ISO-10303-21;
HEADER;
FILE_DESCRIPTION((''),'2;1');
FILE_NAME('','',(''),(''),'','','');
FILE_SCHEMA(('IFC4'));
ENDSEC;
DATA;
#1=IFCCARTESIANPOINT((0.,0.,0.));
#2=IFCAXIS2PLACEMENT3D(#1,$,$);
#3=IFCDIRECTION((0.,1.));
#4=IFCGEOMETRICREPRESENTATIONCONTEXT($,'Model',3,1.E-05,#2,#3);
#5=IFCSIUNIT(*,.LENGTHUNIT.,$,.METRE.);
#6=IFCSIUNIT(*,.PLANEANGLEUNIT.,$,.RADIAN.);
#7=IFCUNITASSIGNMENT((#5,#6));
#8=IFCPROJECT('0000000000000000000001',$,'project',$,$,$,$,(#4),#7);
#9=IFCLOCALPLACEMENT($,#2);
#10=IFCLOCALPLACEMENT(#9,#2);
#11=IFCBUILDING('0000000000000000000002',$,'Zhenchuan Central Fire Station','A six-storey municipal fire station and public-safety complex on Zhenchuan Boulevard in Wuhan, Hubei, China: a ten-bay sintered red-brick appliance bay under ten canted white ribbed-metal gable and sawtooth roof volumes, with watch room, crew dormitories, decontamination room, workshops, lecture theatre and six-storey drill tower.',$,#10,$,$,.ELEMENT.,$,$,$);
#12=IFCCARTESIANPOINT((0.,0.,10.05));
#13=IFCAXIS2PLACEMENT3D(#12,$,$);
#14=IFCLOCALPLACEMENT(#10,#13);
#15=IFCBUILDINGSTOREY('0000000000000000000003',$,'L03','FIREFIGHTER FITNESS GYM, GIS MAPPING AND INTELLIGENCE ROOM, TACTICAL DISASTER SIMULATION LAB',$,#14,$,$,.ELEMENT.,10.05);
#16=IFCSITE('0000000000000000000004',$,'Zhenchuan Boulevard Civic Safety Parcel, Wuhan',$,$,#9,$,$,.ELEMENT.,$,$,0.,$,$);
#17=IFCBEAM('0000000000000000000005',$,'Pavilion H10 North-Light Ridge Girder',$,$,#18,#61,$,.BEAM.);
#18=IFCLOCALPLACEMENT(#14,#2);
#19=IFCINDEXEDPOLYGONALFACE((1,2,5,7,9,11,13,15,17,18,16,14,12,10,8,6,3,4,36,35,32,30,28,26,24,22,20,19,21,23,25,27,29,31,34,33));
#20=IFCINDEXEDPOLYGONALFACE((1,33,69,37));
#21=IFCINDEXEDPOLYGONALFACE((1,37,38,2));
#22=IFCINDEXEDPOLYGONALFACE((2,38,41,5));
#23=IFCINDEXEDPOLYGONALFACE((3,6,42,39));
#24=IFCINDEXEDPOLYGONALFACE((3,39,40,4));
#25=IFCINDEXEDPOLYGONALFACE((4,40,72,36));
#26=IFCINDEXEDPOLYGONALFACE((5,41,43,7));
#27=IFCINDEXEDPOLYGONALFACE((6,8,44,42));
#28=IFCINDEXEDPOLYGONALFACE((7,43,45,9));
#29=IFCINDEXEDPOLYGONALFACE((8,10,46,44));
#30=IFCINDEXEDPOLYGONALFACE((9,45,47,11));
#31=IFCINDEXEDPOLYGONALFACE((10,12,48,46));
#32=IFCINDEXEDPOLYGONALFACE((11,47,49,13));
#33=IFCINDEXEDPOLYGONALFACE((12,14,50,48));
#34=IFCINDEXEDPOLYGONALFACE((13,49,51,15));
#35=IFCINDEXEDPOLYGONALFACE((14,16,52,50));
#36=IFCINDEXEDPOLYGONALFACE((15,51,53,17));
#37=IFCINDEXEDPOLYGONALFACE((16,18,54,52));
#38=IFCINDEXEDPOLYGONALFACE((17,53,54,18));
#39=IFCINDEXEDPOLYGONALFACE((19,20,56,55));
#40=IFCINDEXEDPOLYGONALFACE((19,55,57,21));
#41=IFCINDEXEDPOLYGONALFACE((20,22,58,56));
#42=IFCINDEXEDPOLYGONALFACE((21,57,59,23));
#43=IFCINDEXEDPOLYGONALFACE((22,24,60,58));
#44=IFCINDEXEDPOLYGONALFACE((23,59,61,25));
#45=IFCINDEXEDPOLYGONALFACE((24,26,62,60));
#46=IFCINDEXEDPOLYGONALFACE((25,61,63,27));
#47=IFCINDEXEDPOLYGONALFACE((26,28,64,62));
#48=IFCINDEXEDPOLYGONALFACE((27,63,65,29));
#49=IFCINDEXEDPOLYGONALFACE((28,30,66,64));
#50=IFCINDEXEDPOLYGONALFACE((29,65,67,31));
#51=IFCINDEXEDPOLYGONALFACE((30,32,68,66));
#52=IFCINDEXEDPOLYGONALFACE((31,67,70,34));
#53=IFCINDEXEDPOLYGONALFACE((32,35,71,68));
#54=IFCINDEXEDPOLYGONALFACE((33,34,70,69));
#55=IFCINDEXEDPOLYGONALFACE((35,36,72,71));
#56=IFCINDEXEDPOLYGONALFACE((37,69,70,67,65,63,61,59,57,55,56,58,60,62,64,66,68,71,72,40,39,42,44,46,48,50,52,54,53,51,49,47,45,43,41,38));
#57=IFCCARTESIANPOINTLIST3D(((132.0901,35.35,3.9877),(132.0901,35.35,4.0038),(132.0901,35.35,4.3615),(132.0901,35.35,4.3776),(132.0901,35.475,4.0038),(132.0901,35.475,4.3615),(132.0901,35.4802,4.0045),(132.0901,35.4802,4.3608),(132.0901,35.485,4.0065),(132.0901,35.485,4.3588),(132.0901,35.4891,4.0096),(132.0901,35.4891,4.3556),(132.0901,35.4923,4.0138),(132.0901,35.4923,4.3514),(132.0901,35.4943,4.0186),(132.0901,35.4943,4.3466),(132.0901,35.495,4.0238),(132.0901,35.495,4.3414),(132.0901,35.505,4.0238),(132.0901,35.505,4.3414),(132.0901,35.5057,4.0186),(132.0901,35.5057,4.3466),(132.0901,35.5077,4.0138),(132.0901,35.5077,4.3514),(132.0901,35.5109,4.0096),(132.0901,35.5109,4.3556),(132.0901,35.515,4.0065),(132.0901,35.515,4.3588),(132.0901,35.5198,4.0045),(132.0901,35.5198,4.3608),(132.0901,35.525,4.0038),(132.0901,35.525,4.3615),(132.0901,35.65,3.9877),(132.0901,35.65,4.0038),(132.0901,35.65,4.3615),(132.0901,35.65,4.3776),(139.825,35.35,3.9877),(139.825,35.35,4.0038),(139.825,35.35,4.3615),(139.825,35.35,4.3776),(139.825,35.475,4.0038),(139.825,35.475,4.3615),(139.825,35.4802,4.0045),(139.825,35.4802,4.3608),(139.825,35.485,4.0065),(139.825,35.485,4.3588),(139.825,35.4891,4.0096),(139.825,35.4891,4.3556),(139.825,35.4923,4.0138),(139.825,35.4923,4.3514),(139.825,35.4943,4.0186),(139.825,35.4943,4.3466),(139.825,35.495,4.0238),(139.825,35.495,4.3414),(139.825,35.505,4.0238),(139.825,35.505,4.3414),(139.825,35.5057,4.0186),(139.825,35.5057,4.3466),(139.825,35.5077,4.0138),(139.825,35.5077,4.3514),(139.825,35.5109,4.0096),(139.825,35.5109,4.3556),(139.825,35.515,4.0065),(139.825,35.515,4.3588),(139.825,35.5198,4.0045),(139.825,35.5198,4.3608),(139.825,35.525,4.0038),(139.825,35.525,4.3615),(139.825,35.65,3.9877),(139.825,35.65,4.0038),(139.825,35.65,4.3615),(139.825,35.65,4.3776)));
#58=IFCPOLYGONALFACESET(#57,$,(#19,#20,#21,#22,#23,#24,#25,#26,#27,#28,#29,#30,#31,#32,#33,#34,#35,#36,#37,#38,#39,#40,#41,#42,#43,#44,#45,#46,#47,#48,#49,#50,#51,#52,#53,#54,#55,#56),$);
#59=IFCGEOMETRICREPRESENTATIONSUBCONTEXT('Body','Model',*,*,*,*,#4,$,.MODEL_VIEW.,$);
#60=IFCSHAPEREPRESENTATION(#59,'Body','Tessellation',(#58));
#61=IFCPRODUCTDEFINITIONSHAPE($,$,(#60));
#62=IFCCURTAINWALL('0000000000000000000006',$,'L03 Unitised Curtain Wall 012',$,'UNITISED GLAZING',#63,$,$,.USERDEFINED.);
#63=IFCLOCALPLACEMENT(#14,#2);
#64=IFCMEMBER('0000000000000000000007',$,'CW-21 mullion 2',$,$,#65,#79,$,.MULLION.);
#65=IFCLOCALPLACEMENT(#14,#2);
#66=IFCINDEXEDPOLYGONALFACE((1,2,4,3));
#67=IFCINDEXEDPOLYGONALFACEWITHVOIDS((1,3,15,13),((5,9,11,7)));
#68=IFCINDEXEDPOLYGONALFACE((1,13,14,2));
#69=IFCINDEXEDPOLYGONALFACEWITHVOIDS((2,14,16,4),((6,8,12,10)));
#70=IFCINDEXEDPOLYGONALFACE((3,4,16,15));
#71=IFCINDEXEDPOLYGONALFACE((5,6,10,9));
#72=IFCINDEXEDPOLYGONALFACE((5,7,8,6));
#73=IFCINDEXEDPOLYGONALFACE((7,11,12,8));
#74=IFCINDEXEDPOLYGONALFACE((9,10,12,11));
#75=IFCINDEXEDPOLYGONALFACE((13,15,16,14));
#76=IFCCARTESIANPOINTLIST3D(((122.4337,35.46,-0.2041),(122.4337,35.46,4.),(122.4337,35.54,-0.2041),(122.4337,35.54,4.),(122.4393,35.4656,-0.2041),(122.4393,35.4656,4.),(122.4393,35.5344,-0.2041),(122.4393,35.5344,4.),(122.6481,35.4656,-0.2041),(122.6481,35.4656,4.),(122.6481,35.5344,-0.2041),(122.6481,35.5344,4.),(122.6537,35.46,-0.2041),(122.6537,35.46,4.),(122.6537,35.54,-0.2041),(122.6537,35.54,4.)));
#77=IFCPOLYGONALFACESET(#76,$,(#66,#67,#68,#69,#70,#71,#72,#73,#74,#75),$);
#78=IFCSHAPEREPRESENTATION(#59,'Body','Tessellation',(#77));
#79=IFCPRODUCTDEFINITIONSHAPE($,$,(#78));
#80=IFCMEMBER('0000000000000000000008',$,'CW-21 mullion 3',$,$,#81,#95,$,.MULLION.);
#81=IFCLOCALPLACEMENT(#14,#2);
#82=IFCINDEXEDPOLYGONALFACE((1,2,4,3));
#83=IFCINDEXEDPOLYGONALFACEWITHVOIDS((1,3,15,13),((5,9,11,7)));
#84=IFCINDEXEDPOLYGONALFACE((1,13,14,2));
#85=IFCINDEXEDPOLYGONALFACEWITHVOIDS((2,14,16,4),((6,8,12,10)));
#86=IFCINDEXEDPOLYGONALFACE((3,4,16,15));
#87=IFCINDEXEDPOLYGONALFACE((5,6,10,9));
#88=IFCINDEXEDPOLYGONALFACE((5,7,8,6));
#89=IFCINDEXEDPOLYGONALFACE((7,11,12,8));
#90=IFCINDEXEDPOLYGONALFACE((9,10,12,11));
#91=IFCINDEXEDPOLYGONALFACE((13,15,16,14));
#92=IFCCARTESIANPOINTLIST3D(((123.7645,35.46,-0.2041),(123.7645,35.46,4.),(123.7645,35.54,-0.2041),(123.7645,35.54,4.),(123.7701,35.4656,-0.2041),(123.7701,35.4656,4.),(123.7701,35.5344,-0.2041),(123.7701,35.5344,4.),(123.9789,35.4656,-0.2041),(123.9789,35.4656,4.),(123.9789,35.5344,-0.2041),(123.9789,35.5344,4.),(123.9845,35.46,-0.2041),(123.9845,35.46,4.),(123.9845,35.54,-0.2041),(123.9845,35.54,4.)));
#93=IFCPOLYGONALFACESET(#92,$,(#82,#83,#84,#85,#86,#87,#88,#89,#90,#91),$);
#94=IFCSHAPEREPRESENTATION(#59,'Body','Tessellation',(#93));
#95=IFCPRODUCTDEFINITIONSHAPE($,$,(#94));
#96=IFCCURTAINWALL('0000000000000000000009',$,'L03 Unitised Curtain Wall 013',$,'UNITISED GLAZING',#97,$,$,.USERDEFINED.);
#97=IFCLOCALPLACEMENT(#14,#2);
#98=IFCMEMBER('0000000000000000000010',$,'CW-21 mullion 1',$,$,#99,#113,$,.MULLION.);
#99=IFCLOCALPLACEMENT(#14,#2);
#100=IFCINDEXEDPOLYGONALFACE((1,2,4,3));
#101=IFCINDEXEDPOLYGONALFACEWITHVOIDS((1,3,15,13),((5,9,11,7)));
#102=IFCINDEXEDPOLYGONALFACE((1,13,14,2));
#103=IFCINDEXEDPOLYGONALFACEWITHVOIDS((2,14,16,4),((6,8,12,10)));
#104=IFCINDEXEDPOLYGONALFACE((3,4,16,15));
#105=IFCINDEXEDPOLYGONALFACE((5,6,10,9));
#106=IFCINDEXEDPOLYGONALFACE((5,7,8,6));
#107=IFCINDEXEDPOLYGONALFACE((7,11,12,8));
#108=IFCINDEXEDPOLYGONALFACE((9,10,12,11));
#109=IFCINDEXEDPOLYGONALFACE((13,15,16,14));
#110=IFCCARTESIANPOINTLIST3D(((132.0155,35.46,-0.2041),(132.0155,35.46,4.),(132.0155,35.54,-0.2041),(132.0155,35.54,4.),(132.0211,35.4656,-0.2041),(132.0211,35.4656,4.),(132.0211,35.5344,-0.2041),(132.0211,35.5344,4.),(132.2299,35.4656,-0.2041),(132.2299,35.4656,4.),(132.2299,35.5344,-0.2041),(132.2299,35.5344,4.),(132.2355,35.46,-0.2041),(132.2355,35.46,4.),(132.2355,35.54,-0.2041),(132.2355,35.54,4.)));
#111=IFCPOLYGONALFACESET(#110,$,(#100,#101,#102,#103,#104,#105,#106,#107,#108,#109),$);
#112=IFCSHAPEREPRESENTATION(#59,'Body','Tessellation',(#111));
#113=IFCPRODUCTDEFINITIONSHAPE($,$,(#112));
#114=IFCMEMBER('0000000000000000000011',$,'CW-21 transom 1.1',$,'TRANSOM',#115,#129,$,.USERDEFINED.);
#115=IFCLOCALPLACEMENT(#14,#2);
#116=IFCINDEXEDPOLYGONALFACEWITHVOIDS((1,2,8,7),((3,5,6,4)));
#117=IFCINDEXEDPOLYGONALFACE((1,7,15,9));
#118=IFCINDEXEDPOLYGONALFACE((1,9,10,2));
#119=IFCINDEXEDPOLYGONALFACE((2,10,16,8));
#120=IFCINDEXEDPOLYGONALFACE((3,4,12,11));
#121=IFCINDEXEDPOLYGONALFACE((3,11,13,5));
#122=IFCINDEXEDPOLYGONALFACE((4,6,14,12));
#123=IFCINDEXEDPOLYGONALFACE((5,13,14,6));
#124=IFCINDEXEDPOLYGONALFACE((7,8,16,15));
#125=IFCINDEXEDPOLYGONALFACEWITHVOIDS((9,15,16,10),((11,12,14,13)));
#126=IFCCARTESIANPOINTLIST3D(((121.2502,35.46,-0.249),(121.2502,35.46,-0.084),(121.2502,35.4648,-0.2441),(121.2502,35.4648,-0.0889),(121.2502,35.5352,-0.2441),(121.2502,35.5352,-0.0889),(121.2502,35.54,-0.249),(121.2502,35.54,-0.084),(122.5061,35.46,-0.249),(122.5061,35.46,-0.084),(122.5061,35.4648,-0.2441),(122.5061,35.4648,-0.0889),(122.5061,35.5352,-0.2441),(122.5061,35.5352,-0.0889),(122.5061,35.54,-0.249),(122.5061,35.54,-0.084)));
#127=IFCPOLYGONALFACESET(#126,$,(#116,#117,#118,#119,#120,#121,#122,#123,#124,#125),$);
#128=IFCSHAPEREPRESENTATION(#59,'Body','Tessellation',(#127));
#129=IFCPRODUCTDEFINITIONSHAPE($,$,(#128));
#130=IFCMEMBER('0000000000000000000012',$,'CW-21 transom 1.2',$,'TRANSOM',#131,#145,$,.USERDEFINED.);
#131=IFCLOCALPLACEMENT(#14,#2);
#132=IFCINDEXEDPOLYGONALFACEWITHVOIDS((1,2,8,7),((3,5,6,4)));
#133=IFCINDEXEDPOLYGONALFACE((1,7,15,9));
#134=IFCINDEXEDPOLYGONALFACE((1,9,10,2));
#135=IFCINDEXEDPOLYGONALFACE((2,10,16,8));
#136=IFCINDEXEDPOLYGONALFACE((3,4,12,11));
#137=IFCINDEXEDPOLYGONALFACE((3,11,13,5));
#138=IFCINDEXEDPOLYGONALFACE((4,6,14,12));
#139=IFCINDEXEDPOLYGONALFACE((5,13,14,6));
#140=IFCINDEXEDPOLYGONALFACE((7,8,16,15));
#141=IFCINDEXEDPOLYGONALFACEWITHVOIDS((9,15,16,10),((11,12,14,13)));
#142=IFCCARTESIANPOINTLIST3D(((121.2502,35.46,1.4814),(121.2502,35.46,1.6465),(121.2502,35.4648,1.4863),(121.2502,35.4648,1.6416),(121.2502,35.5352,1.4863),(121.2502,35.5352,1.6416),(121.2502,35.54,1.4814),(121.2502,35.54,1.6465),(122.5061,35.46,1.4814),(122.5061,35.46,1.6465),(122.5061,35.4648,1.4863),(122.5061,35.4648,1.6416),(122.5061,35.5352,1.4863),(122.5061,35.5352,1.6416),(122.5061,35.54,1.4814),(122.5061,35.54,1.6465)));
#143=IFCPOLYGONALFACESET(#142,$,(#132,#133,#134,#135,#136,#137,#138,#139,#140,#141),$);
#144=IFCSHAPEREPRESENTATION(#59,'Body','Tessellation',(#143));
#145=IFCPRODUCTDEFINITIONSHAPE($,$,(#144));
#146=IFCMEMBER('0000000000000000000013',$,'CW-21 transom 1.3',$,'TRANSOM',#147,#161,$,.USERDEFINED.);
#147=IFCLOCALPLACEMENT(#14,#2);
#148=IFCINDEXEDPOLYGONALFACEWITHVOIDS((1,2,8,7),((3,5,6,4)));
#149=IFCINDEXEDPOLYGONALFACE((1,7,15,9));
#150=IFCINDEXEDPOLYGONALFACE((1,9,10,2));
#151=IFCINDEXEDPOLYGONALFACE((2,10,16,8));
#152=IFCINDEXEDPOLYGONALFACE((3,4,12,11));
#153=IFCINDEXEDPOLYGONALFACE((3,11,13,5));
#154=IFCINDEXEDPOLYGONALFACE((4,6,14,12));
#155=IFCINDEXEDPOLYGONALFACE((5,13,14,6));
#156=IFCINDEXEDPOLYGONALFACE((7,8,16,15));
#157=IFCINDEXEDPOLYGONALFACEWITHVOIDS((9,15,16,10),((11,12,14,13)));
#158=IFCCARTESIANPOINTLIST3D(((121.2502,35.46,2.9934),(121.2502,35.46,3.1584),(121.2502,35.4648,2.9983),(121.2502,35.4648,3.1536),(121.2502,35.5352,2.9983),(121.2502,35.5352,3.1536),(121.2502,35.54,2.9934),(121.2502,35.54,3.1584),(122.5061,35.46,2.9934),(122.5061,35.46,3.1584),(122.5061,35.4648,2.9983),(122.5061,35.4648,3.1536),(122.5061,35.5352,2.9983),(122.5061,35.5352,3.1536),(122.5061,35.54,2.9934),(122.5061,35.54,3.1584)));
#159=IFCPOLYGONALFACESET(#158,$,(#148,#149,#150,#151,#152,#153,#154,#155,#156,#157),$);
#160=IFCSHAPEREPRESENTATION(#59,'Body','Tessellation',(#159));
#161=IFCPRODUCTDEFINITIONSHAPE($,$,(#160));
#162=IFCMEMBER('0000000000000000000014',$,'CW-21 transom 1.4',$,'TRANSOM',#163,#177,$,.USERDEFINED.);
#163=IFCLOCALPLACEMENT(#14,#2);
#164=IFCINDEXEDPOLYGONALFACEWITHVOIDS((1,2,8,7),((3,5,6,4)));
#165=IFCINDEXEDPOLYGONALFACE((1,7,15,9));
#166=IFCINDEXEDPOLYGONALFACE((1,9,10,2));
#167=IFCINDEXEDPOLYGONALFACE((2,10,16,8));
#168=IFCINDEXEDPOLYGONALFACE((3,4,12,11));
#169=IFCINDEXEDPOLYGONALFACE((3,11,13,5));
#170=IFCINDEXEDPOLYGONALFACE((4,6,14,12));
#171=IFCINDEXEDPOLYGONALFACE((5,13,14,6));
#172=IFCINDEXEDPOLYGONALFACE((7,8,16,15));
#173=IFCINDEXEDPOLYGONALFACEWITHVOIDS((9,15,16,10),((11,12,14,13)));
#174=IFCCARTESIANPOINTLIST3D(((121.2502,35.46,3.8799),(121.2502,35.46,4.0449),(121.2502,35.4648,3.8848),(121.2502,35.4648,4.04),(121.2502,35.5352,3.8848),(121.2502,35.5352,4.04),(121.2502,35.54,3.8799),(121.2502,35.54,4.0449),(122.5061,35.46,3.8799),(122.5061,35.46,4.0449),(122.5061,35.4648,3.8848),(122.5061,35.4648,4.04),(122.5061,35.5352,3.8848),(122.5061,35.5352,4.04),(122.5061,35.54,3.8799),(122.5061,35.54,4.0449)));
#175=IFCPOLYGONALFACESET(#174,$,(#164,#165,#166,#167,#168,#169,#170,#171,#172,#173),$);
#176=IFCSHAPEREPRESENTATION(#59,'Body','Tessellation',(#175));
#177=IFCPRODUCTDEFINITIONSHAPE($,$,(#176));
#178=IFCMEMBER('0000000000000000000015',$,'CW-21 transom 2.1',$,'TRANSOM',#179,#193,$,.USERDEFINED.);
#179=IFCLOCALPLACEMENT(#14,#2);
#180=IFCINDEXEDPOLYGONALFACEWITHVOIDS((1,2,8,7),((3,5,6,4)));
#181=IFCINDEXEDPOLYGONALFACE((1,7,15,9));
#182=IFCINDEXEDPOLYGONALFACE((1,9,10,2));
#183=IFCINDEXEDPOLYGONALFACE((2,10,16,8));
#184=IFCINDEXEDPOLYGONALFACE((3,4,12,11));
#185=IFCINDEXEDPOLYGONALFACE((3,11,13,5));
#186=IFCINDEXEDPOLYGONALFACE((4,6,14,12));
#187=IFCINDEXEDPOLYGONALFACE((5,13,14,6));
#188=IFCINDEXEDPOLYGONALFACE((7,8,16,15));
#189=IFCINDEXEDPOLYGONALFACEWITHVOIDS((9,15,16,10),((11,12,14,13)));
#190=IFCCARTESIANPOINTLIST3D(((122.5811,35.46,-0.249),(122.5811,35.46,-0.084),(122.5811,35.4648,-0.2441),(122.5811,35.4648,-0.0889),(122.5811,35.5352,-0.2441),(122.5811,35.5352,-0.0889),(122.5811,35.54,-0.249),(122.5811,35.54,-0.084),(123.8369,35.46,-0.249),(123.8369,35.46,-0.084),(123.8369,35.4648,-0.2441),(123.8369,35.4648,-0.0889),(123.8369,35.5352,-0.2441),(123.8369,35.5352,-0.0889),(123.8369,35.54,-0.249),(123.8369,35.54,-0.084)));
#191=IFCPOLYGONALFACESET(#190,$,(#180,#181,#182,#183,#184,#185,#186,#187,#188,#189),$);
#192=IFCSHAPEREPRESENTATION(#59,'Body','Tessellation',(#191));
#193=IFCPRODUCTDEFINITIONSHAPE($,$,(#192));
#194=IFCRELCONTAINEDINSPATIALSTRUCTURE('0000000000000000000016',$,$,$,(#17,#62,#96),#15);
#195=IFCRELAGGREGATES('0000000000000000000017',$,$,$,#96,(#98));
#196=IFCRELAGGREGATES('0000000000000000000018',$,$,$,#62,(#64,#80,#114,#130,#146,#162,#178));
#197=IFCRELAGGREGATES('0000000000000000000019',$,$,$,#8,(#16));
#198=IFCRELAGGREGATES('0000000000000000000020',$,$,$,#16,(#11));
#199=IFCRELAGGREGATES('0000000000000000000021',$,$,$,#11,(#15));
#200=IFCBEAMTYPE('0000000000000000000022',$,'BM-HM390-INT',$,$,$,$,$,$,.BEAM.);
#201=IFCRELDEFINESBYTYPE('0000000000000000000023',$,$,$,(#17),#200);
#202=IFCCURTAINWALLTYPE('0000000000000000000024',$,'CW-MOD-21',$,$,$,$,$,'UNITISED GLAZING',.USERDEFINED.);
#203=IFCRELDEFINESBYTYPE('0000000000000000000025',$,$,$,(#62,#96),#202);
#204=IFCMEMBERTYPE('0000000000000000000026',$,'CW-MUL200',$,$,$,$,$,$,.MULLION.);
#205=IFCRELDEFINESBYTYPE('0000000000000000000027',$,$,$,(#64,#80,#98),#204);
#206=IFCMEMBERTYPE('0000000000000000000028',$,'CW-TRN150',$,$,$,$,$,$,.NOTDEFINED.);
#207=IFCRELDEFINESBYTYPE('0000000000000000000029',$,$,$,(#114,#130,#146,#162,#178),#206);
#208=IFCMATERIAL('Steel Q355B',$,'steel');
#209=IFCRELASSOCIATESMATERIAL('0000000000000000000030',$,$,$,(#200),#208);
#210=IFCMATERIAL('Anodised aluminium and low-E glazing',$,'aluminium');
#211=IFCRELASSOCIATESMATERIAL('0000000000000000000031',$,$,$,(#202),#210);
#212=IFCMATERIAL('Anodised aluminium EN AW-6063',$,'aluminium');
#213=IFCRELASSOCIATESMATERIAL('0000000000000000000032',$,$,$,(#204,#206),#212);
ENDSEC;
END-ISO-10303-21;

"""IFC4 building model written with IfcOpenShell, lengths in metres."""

from ifc_helpers import new_model, si_unit, direction, frame, origin, origin_2d, place, context, subcontext, project, spatial, hollow_rectangle, i_section, extrude, material, material_profile, profile_set, type_object, element, aggregate, save


model = new_model("IFC4")

# Units and contexts
model_context = context("Model", 3, precision=1e-05, world=origin(), true_north=direction((0.0, 1.0)))
body_context = subcontext(model_context, "Body", "Model", "MODEL_VIEW")
ifc_project = project(units=[si_unit("LENGTHUNIT", "METRE"), si_unit("PLANEANGLEUNIT", "RADIAN")], contexts=[model_context])

# Site, building, storey
site_placement = place(None, origin())
site = spatial("IfcSite", under=ifc_project, at=site_placement, Name="Zhenchuan Boulevard Civic Safety Parcel, Wuhan", CompositionType="ELEMENT", RefElevation=0.0)
building_placement = place(site_placement, origin())
building = spatial("IfcBuilding", under=site, at=building_placement, Name="Zhenchuan Central Fire Station", Description="A six-storey municipal fire station and public-safety complex on Zhenchuan Boulevard in Wuhan, Hubei, China: a ten-bay sintered red-brick appliance bay under ten canted white ribbed-metal gable and sawtooth roof volumes, with watch room, crew dormitories, decontamination room, workshops, lecture theatre and six-storey drill tower.", CompositionType="ELEMENT")
storey_placement = place(building_placement, frame((0.0, 0.0, 10.05)))
storey = spatial("IfcBuildingStorey", under=building, at=storey_placement, Name="L03", Description="FIREFIGHTER FITNESS GYM, GIS MAPPING AND INTELLIGENCE ROOM, TACTICAL DISASTER SIMULATION LAB", CompositionType="ELEMENT", Elevation=10.05)

# Beam
ifc_material_1 = material(Name="Steel Q355B", Category="steel")
ifc_material_profile_1 = material_profile(ifc_material_1, i_section(OverallWidth=0.3, OverallDepth=0.3899, WebThickness=0.01, FlangeThickness=0.0161, FilletRadius=0.02, at=origin_2d()), Name="HM 390x300")
ifc_profile_set_1 = profile_set([ifc_material_profile_1], Name="Steel Q355B")
beam_type = type_object("IfcBeamType", Name="BM-HM390-INT", PredefinedType="BEAM", material=ifc_profile_set_1)
beam_placement = place(storey_placement, frame((132.0901, 35.5, 4.1826), z_axis=(1.0, 0.0, 0.0), x_axis=(0.0, 1.0, 0.0)))
element("IfcBeam", 1, at=beam_placement, inside=storey, type_object=beam_type, Name="Pavilion H10 North-Light Ridge Girder", PredefinedType="BEAM", context=body_context, shape_type="SweptSolid", body=[
    extrude(i_section(OverallWidth=0.3, OverallDepth=0.3899, WebThickness=0.01, FlangeThickness=0.0161, FilletRadius=0.02, at=origin_2d()), origin(), (0.0, 0.0, 1.0), 7.7349),
])

# Curtain wall, members
ifc_material_2 = material(Name="Anodised aluminium and low-E glazing", Category="aluminium")
curtain_wall_type = type_object("IfcCurtainWallType", Name="CW-MOD-21", ElementType="UNITISED GLAZING", PredefinedType="USERDEFINED", material=ifc_material_2)
curtain_wall_1_placement = place(storey_placement, origin())
curtain_wall_1 = element("IfcCurtainWall", 2, at=curtain_wall_1_placement, inside=storey, type_object=curtain_wall_type, Name="L03 Unitised Curtain Wall 012", ObjectType="UNITISED GLAZING", PredefinedType="USERDEFINED")
ifc_material_3 = material(Name="Anodised aluminium EN AW-6063", Category="aluminium")
ifc_material_profile_2 = material_profile(ifc_material_3, hollow_rectangle(XDim=0.0801, YDim=0.22, WallThickness=0.0056, at=origin_2d()), Name="ALU-M 220x80")
ifc_profile_set_2 = profile_set([ifc_material_profile_2], Name="Anodised aluminium EN AW-6063")
member_type_1 = type_object("IfcMemberType", Name="CW-MUL200", PredefinedType="MULLION", material=ifc_profile_set_2)
member_1_placement = place(storey_placement, frame((122.5437, 35.5, -0.2041), z_axis=(0.0, 0.0, 1.0), x_axis=(0.0, 1.0, 0.0)))
member_1 = element("IfcMember", 3, at=member_1_placement, type_object=member_type_1, Name="CW-21 mullion 2", PredefinedType="MULLION", context=body_context, shape_type="SweptSolid", body=[
    extrude(hollow_rectangle(XDim=0.0801, YDim=0.22, WallThickness=0.0056, at=origin_2d()), origin(), (0.0, 0.0, 1.0), 4.2041),
])
member_2_placement = place(storey_placement, frame((123.8745, 35.5, -0.2041), z_axis=(0.0, 0.0, 1.0), x_axis=(0.0, 1.0, 0.0)))
member_2 = element("IfcMember", 4, at=member_2_placement, type_object=member_type_1, Name="CW-21 mullion 3", PredefinedType="MULLION", context=body_context, shape_type="SweptSolid", body=[
    extrude(hollow_rectangle(XDim=0.0801, YDim=0.22, WallThickness=0.0056, at=origin_2d()), origin(), (0.0, 0.0, 1.0), 4.2041),
])

# Curtain wall, member
curtain_wall_2_placement = place(storey_placement, origin())
curtain_wall_2 = element("IfcCurtainWall", 5, at=curtain_wall_2_placement, inside=storey, type_object=curtain_wall_type, Name="L03 Unitised Curtain Wall 013", ObjectType="UNITISED GLAZING", PredefinedType="USERDEFINED")
member_3_placement = place(storey_placement, frame((132.1255, 35.5, -0.2041), z_axis=(0.0, 0.0, 1.0), x_axis=(0.0, 1.0, 0.0)))
member_3 = element("IfcMember", 6, at=member_3_placement, type_object=member_type_1, Name="CW-21 mullion 1", PredefinedType="MULLION", context=body_context, shape_type="SweptSolid", body=[
    extrude(hollow_rectangle(XDim=0.0801, YDim=0.22, WallThickness=0.0056, at=origin_2d()), origin(), (0.0, 0.0, 1.0), 4.2041),
])

# Members
ifc_material_profile_3 = material_profile(ifc_material_3, hollow_rectangle(XDim=0.0801, YDim=0.165, WallThickness=0.0049, at=origin_2d()), Name="ALU-T 165x80")
ifc_profile_set_3 = profile_set([ifc_material_profile_3], Name="Anodised aluminium EN AW-6063")
member_type_2 = type_object("IfcMemberType", Name="CW-TRN150", PredefinedType="NOTDEFINED", material=ifc_profile_set_3)
member_4_placement = place(storey_placement, frame((121.2502, 35.5, -0.1665), z_axis=(1.0, 0.0, 0.0), x_axis=(0.0, 1.0, 0.0)))
member_4 = element("IfcMember", 7, at=member_4_placement, type_object=member_type_2, Name="CW-21 transom 1.1", ObjectType="TRANSOM", PredefinedType="USERDEFINED", context=body_context, shape_type="SweptSolid", body=[
    extrude(hollow_rectangle(XDim=0.0801, YDim=0.165, WallThickness=0.0049, at=origin_2d()), origin(), (0.0, 0.0, 1.0), 1.2559),
])
member_5_placement = place(storey_placement, frame((121.2502, 35.5, 1.564), z_axis=(1.0, 0.0, 0.0), x_axis=(0.0, 1.0, 0.0)))
member_5 = element("IfcMember", 8, at=member_5_placement, type_object=member_type_2, Name="CW-21 transom 1.2", ObjectType="TRANSOM", PredefinedType="USERDEFINED", context=body_context, shape_type="SweptSolid", body=[
    extrude(hollow_rectangle(XDim=0.0801, YDim=0.165, WallThickness=0.0049, at=origin_2d()), origin(), (0.0, 0.0, 1.0), 1.2559),
])
member_6_placement = place(storey_placement, frame((121.2502, 35.5, 3.0759), z_axis=(1.0, 0.0, 0.0), x_axis=(0.0, 1.0, 0.0)))
member_6 = element("IfcMember", 9, at=member_6_placement, type_object=member_type_2, Name="CW-21 transom 1.3", ObjectType="TRANSOM", PredefinedType="USERDEFINED", context=body_context, shape_type="SweptSolid", body=[
    extrude(hollow_rectangle(XDim=0.0801, YDim=0.165, WallThickness=0.0049, at=origin_2d()), origin(), (0.0, 0.0, 1.0), 1.2559),
])
member_7_placement = place(storey_placement, frame((121.2502, 35.5, 3.9624), z_axis=(1.0, 0.0, 0.0), x_axis=(0.0, 1.0, 0.0)))
member_7 = element("IfcMember", 10, at=member_7_placement, type_object=member_type_2, Name="CW-21 transom 1.4", ObjectType="TRANSOM", PredefinedType="USERDEFINED", context=body_context, shape_type="SweptSolid", body=[
    extrude(hollow_rectangle(XDim=0.0801, YDim=0.165, WallThickness=0.0049, at=origin_2d()), origin(), (0.0, 0.0, 1.0), 1.2559),
])
member_8_placement = place(storey_placement, frame((122.5811, 35.5, -0.1665), z_axis=(1.0, 0.0, 0.0), x_axis=(0.0, 1.0, 0.0)))
member_8 = element("IfcMember", 11, at=member_8_placement, type_object=member_type_2, Name="CW-21 transom 2.1", ObjectType="TRANSOM", PredefinedType="USERDEFINED", context=body_context, shape_type="SweptSolid", body=[
    extrude(hollow_rectangle(XDim=0.0801, YDim=0.165, WallThickness=0.0049, at=origin_2d()), origin(), (0.0, 0.0, 1.0), 1.2559),
])
aggregate(curtain_wall_2, [member_3])

aggregate(curtain_wall_1, [member_1, member_2, member_4, member_5, member_6, member_7, member_8])

save(model, "model.ifc")
